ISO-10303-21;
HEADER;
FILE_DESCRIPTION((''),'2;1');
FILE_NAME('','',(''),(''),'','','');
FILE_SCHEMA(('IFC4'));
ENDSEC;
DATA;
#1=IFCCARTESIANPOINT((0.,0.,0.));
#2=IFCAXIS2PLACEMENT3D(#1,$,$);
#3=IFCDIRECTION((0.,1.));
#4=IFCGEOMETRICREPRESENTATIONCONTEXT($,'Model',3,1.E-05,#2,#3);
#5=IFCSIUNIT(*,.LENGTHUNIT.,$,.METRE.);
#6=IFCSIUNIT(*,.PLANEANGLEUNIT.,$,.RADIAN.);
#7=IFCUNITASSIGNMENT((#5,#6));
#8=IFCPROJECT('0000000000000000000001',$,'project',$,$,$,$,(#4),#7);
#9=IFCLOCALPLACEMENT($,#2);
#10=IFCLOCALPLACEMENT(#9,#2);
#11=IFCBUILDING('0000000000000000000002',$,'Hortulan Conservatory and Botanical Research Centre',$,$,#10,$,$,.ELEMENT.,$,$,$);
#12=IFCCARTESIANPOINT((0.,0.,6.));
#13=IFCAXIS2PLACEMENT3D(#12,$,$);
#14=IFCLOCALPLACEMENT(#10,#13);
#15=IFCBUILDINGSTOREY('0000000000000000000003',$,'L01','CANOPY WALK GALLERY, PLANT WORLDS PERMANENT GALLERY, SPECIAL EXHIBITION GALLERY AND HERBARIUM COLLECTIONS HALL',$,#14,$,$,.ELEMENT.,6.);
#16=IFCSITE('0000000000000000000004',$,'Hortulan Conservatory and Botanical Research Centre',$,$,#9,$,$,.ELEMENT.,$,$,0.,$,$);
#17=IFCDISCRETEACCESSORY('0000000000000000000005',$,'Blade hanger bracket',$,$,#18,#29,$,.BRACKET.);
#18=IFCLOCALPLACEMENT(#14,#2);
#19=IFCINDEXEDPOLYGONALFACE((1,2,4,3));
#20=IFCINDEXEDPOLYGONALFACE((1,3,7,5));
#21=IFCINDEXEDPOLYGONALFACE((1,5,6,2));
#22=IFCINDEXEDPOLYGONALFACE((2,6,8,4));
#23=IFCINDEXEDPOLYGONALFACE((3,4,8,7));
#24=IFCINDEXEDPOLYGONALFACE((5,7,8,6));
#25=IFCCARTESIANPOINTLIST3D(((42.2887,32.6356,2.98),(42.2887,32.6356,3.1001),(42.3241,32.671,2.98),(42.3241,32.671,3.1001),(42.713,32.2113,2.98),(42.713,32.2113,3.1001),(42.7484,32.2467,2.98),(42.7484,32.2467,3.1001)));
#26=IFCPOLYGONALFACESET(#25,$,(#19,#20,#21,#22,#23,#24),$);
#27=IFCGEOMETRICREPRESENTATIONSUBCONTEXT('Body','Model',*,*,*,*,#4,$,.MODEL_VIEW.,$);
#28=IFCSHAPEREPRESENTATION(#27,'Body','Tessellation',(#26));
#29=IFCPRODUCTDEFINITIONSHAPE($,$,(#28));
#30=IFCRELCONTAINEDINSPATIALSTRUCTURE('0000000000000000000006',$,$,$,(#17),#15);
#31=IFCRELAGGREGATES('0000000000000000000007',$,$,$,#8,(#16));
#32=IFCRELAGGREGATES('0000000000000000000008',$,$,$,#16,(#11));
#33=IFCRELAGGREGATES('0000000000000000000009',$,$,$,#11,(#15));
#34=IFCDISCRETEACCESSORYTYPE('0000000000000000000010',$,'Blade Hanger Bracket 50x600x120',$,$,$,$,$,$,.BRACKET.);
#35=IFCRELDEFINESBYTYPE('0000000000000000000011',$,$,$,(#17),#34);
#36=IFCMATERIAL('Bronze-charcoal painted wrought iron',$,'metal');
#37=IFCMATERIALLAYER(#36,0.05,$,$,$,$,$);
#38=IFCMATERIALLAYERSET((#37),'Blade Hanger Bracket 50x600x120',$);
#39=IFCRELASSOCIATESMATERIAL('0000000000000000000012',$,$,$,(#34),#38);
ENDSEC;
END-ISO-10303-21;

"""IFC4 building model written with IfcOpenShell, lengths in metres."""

from ifc_helpers import new_model, si_unit, direction, frame, origin, origin_2d, place, context, subcontext, project, spatial, rectangle, extrude, material, layer, layer_set, type_object, element, save


model = new_model("IFC4")

# Units and contexts
model_context = context("Model", 3, precision=1e-05, world=origin(), true_north=direction((0.0, 1.0)))
body_context = subcontext(model_context, "Body", "Model", "MODEL_VIEW")
ifc_project = project(units=[si_unit("LENGTHUNIT", "METRE"), si_unit("PLANEANGLEUNIT", "RADIAN")], contexts=[model_context])

# Site, building, storey
site_placement = place(None, origin())
site = spatial("IfcSite", under=ifc_project, at=site_placement, Name="Hortulan Conservatory and Botanical Research Centre", CompositionType="ELEMENT", RefElevation=0.0)
building_placement = place(site_placement, origin())
building = spatial("IfcBuilding", under=site, at=building_placement, Name="Hortulan Conservatory and Botanical Research Centre", CompositionType="ELEMENT")
storey_placement = place(building_placement, frame((0.0, 0.0, 6.0)))
storey = spatial("IfcBuildingStorey", under=building, at=storey_placement, Name="L01", Description="CANOPY WALK GALLERY, PLANT WORLDS PERMANENT GALLERY, SPECIAL EXHIBITION GALLERY AND HERBARIUM COLLECTIONS HALL", CompositionType="ELEMENT", Elevation=6.0)

# Discrete accessory
ifc_material_1 = material(Name="Bronze-charcoal painted wrought iron", Category="metal")
ifc_layer_1 = layer(ifc_material_1, 0.05)
ifc_layer_set_1 = layer_set([ifc_layer_1], Name="Blade Hanger Bracket 50x600x120")
discrete_accessory_type = type_object("IfcDiscreteAccessoryType", Name="Blade Hanger Bracket 50x600x120", PredefinedType="BRACKET", material=ifc_layer_set_1)
for number, where, z_axis, x_axis, name in (
    (1, (42.5186, 32.4412, 2.98), (0.0, 0.0, 1.0), (0.707094, 0.707119, 0.0), "Blade hanger bracket"),
):
    element("IfcDiscreteAccessory", number, at=place(storey_placement, frame(where, z_axis=z_axis, x_axis=x_axis)), inside=storey, type_object=discrete_accessory_type, Name=name, PredefinedType="BRACKET", context=body_context, shape_type="SweptSolid", body=[
        extrude(rectangle(XDim=0.05, YDim=0.6001, at=origin_2d()), origin(), (0.0, 0.0, 1.0), 0.1201),
    ])

save(model, "model.ifc")
